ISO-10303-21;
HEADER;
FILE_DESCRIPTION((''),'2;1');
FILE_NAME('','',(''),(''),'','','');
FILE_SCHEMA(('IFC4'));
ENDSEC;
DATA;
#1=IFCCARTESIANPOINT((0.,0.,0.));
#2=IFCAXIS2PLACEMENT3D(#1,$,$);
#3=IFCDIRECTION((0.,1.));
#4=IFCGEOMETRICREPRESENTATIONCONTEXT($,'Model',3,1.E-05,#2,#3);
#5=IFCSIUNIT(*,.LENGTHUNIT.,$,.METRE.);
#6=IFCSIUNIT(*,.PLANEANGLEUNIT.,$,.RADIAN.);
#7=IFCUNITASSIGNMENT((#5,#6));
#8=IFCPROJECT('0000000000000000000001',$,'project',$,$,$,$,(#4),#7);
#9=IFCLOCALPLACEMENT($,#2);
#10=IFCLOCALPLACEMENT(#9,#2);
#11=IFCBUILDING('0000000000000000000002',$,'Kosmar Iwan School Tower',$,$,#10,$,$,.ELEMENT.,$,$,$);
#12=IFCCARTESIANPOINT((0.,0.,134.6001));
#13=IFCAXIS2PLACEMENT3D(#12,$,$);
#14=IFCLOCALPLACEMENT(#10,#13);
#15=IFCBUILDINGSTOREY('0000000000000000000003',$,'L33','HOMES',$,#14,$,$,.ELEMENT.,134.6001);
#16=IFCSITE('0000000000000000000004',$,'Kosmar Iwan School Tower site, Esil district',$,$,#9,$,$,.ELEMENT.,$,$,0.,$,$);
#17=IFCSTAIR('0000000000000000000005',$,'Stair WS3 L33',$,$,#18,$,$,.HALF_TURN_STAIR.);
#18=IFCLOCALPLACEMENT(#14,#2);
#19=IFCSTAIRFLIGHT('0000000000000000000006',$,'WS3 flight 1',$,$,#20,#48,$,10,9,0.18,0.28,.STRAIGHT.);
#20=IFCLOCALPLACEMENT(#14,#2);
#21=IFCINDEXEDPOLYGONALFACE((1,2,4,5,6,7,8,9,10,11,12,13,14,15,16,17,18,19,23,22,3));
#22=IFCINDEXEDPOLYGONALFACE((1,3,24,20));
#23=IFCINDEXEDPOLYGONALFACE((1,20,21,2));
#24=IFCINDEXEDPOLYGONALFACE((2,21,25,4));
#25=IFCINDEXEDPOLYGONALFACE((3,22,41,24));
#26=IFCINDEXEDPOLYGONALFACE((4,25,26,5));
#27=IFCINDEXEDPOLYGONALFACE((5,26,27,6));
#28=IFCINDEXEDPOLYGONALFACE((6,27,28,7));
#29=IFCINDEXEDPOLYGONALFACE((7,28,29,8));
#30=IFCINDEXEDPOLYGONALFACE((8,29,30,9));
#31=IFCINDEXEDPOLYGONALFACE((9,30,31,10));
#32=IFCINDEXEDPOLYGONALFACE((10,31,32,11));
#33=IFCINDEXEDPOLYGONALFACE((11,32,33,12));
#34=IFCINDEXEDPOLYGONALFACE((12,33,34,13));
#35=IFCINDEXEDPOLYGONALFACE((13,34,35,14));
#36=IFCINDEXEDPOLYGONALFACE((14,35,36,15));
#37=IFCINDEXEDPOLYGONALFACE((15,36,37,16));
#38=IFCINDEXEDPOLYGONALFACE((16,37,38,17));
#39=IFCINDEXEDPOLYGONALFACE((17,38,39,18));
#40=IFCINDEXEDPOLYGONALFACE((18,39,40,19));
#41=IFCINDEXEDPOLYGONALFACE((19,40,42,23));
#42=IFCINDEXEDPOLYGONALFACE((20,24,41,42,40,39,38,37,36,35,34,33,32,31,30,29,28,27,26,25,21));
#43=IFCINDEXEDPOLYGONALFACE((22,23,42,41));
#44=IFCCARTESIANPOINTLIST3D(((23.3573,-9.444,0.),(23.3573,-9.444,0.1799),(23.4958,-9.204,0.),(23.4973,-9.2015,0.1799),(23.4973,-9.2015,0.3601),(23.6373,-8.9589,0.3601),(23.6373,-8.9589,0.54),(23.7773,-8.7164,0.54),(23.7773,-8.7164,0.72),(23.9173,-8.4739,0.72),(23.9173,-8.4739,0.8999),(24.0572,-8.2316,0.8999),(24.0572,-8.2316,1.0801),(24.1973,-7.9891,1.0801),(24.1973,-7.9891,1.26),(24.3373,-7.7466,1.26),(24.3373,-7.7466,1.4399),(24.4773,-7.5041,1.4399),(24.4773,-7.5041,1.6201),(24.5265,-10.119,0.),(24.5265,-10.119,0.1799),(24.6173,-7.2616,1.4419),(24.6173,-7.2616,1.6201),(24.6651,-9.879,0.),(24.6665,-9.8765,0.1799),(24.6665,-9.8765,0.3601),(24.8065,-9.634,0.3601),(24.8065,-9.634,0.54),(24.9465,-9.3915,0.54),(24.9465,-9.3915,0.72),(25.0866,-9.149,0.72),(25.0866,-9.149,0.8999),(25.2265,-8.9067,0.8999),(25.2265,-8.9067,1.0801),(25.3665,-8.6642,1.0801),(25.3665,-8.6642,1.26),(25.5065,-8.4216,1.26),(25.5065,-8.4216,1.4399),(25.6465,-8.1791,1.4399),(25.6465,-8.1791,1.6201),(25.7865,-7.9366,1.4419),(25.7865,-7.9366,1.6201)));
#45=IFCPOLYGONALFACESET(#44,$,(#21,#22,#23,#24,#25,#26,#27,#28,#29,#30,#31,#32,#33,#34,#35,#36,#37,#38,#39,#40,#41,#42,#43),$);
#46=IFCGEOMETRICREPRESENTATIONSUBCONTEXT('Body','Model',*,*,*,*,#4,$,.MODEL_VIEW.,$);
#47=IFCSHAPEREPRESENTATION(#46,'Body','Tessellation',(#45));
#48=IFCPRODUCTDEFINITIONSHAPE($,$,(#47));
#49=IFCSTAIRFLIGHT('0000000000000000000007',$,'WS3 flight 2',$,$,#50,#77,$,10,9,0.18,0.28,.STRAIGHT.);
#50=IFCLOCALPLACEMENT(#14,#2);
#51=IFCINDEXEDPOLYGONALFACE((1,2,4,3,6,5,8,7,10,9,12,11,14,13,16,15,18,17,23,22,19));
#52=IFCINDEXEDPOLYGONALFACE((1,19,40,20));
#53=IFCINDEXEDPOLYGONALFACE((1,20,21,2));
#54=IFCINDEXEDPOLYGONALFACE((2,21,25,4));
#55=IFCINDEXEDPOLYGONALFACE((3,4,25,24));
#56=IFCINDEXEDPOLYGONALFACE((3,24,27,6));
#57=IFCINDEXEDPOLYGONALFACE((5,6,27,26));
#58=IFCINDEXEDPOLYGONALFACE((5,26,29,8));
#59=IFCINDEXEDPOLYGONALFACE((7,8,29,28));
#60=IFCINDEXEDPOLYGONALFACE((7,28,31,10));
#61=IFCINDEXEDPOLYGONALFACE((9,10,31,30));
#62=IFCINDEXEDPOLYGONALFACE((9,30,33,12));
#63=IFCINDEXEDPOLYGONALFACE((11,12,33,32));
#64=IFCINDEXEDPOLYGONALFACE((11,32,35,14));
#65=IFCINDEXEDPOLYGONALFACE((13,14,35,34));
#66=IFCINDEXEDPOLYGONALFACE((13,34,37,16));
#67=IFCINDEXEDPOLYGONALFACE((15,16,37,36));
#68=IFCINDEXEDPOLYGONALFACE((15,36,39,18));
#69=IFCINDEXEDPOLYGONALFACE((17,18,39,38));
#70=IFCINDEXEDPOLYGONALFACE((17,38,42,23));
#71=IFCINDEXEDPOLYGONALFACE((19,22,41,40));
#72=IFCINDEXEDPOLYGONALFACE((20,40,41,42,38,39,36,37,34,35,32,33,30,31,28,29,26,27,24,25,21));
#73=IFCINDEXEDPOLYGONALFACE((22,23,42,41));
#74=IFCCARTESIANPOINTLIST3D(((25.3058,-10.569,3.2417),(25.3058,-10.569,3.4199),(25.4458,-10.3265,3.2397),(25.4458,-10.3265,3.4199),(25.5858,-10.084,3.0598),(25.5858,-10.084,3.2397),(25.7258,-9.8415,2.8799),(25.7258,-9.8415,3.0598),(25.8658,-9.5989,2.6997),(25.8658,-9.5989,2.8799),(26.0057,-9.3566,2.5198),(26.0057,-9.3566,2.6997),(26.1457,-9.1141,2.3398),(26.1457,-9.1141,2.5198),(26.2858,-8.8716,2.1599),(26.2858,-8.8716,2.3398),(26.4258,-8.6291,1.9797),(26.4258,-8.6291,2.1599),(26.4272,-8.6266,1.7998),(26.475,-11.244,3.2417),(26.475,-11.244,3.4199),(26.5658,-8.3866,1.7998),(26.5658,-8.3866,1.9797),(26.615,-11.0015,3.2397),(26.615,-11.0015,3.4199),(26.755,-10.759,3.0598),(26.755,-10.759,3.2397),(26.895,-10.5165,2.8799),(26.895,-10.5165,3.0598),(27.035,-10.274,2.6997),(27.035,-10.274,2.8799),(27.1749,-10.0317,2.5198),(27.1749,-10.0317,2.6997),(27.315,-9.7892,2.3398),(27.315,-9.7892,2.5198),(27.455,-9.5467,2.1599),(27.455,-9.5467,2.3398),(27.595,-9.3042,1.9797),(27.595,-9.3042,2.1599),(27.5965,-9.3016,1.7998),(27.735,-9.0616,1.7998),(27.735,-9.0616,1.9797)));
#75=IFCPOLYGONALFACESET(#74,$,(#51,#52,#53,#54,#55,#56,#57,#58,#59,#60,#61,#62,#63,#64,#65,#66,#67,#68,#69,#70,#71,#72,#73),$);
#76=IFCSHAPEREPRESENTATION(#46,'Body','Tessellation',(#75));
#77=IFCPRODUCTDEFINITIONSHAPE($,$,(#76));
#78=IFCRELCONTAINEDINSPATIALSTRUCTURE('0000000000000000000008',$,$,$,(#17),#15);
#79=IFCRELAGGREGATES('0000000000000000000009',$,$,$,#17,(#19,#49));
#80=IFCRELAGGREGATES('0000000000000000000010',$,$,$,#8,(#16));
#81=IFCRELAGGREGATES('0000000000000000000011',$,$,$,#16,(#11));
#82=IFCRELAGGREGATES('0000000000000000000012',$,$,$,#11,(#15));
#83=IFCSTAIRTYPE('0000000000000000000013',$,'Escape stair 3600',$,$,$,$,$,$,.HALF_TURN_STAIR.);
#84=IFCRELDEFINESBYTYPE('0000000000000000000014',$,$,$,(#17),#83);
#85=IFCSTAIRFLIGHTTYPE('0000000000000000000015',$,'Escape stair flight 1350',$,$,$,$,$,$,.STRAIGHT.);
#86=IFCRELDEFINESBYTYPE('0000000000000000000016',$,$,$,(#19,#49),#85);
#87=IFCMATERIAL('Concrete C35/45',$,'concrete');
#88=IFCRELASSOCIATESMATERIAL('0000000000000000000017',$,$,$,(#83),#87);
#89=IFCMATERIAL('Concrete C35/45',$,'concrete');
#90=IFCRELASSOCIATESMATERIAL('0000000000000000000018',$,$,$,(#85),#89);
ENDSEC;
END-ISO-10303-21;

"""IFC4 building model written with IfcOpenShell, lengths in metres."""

from ifc_helpers import new_model, si_unit, direction, frame, origin, place, context, subcontext, project, spatial, polyline, outline, extrude, material, type_object, element, aggregate, save


model = new_model("IFC4")

# Units and contexts
model_context = context("Model", 3, precision=1e-05, world=origin(), true_north=direction((0.0, 1.0)))
body_context = subcontext(model_context, "Body", "Model", "MODEL_VIEW")
ifc_project = project(units=[si_unit("LENGTHUNIT", "METRE"), si_unit("PLANEANGLEUNIT", "RADIAN")], contexts=[model_context])

# Site, building, storey
site_placement = place(None, origin())
site = spatial("IfcSite", under=ifc_project, at=site_placement, Name="Kosmar Iwan School Tower site, Esil district", CompositionType="ELEMENT", RefElevation=0.0)
building_placement = place(site_placement, origin())
building = spatial("IfcBuilding", under=site, at=building_placement, Name="Kosmar Iwan School Tower", CompositionType="ELEMENT")
storey_placement = place(building_placement, frame((0.0, 0.0, 134.6001)))
storey = spatial("IfcBuildingStorey", under=building, at=storey_placement, Name="L33", Description="HOMES", CompositionType="ELEMENT", Elevation=134.6001)

# Stair, stair flights
ifc_material_1 = material(Name="Concrete C35/45", Category="concrete")
stair_type = type_object("IfcStairType", Name="Escape stair 3600", PredefinedType="HALF_TURN_STAIR", material=ifc_material_1)
stair_placement = place(storey_placement, origin())
stair = element("IfcStair", 1, at=stair_placement, inside=storey, type_object=stair_type, Name="Stair WS3 L33", PredefinedType="HALF_TURN_STAIR")
ifc_material_2 = material(Name="Concrete C35/45", Category="concrete")
stair_flight_type = type_object("IfcStairFlightType", Name="Escape stair flight 1350", PredefinedType="STRAIGHT", material=ifc_material_2)
stair_flight_1_placement = place(storey_placement, frame((23.9419, -9.7815, 0.0), z_axis=(0.0, 0.0, 1.0), x_axis=(0.5, 0.866025, 0.0)))
stair_flight_1 = element("IfcStairFlight", 2, at=stair_flight_1_placement, type_object=stair_flight_type, Name="WS3 flight 1", NumberOfRisers=10, NumberOfTreads=9, PredefinedType="STRAIGHT", RiserHeight=0.18, TreadLength=0.28, context=body_context, shape_type="SweptSolid", body=[
    extrude(outline(polyline([(0.0, 0.0), (0.0, 0.1799), (0.28, 0.1799), (0.28, 0.3601), (0.5601, 0.3601), (0.5601, 0.54), (0.8401, 0.54), (0.8401, 0.72), (1.1201, 0.72), (1.1201, 0.8999), (1.3999, 0.8999), (1.3999, 1.0801), (1.6799, 1.0801), (1.6799, 1.26), (1.96, 1.26), (1.96, 1.4399), (2.24, 1.4399), (2.24, 1.6201), (2.52, 1.6201), (2.52, 1.8), (2.52, 1.4419), (0.2771, 0.0), (0.0, 0.0)])), frame((0.0, 0.675, 0.0), z_axis=(0.0, -1.0, 0.0), x_axis=(1.0, 0.0, 0.0)), (0.0, 0.0, 1.0), 1.3501),
])
stair_flight_2_placement = place(storey_placement, frame((27.1504, -8.7241, 1.7998), z_axis=(0.0, 0.0, 1.0), x_axis=(-0.5, -0.866025, 0.0)))
stair_flight_2 = element("IfcStairFlight", 3, at=stair_flight_2_placement, type_object=stair_flight_type, Name="WS3 flight 2", NumberOfRisers=10, NumberOfTreads=9, PredefinedType="STRAIGHT", RiserHeight=0.18, TreadLength=0.28, context=body_context, shape_type="SweptSolid", body=[
    extrude(outline(polyline([(0.0, 0.0), (0.0, 0.1799), (0.28, 0.1799), (0.28, 0.3601), (0.5601, 0.3601), (0.5601, 0.54), (0.8401, 0.54), (0.8401, 0.72), (1.1201, 0.72), (1.1201, 0.8999), (1.3999, 0.8999), (1.3999, 1.0801), (1.6799, 1.0801), (1.6799, 1.26), (1.96, 1.26), (1.96, 1.4399), (2.24, 1.4399), (2.24, 1.6201), (2.52, 1.6201), (2.52, 1.8), (2.52, 1.4419), (0.2771, 0.0), (0.0, 0.0)])), frame((0.0, 0.675, 0.0), z_axis=(0.0, -1.0, 0.0), x_axis=(1.0, 0.0, 0.0)), (0.0, 0.0, 1.0), 1.3501),
])
aggregate(stair, [stair_flight_1, stair_flight_2])

save(model, "model.ifc")
